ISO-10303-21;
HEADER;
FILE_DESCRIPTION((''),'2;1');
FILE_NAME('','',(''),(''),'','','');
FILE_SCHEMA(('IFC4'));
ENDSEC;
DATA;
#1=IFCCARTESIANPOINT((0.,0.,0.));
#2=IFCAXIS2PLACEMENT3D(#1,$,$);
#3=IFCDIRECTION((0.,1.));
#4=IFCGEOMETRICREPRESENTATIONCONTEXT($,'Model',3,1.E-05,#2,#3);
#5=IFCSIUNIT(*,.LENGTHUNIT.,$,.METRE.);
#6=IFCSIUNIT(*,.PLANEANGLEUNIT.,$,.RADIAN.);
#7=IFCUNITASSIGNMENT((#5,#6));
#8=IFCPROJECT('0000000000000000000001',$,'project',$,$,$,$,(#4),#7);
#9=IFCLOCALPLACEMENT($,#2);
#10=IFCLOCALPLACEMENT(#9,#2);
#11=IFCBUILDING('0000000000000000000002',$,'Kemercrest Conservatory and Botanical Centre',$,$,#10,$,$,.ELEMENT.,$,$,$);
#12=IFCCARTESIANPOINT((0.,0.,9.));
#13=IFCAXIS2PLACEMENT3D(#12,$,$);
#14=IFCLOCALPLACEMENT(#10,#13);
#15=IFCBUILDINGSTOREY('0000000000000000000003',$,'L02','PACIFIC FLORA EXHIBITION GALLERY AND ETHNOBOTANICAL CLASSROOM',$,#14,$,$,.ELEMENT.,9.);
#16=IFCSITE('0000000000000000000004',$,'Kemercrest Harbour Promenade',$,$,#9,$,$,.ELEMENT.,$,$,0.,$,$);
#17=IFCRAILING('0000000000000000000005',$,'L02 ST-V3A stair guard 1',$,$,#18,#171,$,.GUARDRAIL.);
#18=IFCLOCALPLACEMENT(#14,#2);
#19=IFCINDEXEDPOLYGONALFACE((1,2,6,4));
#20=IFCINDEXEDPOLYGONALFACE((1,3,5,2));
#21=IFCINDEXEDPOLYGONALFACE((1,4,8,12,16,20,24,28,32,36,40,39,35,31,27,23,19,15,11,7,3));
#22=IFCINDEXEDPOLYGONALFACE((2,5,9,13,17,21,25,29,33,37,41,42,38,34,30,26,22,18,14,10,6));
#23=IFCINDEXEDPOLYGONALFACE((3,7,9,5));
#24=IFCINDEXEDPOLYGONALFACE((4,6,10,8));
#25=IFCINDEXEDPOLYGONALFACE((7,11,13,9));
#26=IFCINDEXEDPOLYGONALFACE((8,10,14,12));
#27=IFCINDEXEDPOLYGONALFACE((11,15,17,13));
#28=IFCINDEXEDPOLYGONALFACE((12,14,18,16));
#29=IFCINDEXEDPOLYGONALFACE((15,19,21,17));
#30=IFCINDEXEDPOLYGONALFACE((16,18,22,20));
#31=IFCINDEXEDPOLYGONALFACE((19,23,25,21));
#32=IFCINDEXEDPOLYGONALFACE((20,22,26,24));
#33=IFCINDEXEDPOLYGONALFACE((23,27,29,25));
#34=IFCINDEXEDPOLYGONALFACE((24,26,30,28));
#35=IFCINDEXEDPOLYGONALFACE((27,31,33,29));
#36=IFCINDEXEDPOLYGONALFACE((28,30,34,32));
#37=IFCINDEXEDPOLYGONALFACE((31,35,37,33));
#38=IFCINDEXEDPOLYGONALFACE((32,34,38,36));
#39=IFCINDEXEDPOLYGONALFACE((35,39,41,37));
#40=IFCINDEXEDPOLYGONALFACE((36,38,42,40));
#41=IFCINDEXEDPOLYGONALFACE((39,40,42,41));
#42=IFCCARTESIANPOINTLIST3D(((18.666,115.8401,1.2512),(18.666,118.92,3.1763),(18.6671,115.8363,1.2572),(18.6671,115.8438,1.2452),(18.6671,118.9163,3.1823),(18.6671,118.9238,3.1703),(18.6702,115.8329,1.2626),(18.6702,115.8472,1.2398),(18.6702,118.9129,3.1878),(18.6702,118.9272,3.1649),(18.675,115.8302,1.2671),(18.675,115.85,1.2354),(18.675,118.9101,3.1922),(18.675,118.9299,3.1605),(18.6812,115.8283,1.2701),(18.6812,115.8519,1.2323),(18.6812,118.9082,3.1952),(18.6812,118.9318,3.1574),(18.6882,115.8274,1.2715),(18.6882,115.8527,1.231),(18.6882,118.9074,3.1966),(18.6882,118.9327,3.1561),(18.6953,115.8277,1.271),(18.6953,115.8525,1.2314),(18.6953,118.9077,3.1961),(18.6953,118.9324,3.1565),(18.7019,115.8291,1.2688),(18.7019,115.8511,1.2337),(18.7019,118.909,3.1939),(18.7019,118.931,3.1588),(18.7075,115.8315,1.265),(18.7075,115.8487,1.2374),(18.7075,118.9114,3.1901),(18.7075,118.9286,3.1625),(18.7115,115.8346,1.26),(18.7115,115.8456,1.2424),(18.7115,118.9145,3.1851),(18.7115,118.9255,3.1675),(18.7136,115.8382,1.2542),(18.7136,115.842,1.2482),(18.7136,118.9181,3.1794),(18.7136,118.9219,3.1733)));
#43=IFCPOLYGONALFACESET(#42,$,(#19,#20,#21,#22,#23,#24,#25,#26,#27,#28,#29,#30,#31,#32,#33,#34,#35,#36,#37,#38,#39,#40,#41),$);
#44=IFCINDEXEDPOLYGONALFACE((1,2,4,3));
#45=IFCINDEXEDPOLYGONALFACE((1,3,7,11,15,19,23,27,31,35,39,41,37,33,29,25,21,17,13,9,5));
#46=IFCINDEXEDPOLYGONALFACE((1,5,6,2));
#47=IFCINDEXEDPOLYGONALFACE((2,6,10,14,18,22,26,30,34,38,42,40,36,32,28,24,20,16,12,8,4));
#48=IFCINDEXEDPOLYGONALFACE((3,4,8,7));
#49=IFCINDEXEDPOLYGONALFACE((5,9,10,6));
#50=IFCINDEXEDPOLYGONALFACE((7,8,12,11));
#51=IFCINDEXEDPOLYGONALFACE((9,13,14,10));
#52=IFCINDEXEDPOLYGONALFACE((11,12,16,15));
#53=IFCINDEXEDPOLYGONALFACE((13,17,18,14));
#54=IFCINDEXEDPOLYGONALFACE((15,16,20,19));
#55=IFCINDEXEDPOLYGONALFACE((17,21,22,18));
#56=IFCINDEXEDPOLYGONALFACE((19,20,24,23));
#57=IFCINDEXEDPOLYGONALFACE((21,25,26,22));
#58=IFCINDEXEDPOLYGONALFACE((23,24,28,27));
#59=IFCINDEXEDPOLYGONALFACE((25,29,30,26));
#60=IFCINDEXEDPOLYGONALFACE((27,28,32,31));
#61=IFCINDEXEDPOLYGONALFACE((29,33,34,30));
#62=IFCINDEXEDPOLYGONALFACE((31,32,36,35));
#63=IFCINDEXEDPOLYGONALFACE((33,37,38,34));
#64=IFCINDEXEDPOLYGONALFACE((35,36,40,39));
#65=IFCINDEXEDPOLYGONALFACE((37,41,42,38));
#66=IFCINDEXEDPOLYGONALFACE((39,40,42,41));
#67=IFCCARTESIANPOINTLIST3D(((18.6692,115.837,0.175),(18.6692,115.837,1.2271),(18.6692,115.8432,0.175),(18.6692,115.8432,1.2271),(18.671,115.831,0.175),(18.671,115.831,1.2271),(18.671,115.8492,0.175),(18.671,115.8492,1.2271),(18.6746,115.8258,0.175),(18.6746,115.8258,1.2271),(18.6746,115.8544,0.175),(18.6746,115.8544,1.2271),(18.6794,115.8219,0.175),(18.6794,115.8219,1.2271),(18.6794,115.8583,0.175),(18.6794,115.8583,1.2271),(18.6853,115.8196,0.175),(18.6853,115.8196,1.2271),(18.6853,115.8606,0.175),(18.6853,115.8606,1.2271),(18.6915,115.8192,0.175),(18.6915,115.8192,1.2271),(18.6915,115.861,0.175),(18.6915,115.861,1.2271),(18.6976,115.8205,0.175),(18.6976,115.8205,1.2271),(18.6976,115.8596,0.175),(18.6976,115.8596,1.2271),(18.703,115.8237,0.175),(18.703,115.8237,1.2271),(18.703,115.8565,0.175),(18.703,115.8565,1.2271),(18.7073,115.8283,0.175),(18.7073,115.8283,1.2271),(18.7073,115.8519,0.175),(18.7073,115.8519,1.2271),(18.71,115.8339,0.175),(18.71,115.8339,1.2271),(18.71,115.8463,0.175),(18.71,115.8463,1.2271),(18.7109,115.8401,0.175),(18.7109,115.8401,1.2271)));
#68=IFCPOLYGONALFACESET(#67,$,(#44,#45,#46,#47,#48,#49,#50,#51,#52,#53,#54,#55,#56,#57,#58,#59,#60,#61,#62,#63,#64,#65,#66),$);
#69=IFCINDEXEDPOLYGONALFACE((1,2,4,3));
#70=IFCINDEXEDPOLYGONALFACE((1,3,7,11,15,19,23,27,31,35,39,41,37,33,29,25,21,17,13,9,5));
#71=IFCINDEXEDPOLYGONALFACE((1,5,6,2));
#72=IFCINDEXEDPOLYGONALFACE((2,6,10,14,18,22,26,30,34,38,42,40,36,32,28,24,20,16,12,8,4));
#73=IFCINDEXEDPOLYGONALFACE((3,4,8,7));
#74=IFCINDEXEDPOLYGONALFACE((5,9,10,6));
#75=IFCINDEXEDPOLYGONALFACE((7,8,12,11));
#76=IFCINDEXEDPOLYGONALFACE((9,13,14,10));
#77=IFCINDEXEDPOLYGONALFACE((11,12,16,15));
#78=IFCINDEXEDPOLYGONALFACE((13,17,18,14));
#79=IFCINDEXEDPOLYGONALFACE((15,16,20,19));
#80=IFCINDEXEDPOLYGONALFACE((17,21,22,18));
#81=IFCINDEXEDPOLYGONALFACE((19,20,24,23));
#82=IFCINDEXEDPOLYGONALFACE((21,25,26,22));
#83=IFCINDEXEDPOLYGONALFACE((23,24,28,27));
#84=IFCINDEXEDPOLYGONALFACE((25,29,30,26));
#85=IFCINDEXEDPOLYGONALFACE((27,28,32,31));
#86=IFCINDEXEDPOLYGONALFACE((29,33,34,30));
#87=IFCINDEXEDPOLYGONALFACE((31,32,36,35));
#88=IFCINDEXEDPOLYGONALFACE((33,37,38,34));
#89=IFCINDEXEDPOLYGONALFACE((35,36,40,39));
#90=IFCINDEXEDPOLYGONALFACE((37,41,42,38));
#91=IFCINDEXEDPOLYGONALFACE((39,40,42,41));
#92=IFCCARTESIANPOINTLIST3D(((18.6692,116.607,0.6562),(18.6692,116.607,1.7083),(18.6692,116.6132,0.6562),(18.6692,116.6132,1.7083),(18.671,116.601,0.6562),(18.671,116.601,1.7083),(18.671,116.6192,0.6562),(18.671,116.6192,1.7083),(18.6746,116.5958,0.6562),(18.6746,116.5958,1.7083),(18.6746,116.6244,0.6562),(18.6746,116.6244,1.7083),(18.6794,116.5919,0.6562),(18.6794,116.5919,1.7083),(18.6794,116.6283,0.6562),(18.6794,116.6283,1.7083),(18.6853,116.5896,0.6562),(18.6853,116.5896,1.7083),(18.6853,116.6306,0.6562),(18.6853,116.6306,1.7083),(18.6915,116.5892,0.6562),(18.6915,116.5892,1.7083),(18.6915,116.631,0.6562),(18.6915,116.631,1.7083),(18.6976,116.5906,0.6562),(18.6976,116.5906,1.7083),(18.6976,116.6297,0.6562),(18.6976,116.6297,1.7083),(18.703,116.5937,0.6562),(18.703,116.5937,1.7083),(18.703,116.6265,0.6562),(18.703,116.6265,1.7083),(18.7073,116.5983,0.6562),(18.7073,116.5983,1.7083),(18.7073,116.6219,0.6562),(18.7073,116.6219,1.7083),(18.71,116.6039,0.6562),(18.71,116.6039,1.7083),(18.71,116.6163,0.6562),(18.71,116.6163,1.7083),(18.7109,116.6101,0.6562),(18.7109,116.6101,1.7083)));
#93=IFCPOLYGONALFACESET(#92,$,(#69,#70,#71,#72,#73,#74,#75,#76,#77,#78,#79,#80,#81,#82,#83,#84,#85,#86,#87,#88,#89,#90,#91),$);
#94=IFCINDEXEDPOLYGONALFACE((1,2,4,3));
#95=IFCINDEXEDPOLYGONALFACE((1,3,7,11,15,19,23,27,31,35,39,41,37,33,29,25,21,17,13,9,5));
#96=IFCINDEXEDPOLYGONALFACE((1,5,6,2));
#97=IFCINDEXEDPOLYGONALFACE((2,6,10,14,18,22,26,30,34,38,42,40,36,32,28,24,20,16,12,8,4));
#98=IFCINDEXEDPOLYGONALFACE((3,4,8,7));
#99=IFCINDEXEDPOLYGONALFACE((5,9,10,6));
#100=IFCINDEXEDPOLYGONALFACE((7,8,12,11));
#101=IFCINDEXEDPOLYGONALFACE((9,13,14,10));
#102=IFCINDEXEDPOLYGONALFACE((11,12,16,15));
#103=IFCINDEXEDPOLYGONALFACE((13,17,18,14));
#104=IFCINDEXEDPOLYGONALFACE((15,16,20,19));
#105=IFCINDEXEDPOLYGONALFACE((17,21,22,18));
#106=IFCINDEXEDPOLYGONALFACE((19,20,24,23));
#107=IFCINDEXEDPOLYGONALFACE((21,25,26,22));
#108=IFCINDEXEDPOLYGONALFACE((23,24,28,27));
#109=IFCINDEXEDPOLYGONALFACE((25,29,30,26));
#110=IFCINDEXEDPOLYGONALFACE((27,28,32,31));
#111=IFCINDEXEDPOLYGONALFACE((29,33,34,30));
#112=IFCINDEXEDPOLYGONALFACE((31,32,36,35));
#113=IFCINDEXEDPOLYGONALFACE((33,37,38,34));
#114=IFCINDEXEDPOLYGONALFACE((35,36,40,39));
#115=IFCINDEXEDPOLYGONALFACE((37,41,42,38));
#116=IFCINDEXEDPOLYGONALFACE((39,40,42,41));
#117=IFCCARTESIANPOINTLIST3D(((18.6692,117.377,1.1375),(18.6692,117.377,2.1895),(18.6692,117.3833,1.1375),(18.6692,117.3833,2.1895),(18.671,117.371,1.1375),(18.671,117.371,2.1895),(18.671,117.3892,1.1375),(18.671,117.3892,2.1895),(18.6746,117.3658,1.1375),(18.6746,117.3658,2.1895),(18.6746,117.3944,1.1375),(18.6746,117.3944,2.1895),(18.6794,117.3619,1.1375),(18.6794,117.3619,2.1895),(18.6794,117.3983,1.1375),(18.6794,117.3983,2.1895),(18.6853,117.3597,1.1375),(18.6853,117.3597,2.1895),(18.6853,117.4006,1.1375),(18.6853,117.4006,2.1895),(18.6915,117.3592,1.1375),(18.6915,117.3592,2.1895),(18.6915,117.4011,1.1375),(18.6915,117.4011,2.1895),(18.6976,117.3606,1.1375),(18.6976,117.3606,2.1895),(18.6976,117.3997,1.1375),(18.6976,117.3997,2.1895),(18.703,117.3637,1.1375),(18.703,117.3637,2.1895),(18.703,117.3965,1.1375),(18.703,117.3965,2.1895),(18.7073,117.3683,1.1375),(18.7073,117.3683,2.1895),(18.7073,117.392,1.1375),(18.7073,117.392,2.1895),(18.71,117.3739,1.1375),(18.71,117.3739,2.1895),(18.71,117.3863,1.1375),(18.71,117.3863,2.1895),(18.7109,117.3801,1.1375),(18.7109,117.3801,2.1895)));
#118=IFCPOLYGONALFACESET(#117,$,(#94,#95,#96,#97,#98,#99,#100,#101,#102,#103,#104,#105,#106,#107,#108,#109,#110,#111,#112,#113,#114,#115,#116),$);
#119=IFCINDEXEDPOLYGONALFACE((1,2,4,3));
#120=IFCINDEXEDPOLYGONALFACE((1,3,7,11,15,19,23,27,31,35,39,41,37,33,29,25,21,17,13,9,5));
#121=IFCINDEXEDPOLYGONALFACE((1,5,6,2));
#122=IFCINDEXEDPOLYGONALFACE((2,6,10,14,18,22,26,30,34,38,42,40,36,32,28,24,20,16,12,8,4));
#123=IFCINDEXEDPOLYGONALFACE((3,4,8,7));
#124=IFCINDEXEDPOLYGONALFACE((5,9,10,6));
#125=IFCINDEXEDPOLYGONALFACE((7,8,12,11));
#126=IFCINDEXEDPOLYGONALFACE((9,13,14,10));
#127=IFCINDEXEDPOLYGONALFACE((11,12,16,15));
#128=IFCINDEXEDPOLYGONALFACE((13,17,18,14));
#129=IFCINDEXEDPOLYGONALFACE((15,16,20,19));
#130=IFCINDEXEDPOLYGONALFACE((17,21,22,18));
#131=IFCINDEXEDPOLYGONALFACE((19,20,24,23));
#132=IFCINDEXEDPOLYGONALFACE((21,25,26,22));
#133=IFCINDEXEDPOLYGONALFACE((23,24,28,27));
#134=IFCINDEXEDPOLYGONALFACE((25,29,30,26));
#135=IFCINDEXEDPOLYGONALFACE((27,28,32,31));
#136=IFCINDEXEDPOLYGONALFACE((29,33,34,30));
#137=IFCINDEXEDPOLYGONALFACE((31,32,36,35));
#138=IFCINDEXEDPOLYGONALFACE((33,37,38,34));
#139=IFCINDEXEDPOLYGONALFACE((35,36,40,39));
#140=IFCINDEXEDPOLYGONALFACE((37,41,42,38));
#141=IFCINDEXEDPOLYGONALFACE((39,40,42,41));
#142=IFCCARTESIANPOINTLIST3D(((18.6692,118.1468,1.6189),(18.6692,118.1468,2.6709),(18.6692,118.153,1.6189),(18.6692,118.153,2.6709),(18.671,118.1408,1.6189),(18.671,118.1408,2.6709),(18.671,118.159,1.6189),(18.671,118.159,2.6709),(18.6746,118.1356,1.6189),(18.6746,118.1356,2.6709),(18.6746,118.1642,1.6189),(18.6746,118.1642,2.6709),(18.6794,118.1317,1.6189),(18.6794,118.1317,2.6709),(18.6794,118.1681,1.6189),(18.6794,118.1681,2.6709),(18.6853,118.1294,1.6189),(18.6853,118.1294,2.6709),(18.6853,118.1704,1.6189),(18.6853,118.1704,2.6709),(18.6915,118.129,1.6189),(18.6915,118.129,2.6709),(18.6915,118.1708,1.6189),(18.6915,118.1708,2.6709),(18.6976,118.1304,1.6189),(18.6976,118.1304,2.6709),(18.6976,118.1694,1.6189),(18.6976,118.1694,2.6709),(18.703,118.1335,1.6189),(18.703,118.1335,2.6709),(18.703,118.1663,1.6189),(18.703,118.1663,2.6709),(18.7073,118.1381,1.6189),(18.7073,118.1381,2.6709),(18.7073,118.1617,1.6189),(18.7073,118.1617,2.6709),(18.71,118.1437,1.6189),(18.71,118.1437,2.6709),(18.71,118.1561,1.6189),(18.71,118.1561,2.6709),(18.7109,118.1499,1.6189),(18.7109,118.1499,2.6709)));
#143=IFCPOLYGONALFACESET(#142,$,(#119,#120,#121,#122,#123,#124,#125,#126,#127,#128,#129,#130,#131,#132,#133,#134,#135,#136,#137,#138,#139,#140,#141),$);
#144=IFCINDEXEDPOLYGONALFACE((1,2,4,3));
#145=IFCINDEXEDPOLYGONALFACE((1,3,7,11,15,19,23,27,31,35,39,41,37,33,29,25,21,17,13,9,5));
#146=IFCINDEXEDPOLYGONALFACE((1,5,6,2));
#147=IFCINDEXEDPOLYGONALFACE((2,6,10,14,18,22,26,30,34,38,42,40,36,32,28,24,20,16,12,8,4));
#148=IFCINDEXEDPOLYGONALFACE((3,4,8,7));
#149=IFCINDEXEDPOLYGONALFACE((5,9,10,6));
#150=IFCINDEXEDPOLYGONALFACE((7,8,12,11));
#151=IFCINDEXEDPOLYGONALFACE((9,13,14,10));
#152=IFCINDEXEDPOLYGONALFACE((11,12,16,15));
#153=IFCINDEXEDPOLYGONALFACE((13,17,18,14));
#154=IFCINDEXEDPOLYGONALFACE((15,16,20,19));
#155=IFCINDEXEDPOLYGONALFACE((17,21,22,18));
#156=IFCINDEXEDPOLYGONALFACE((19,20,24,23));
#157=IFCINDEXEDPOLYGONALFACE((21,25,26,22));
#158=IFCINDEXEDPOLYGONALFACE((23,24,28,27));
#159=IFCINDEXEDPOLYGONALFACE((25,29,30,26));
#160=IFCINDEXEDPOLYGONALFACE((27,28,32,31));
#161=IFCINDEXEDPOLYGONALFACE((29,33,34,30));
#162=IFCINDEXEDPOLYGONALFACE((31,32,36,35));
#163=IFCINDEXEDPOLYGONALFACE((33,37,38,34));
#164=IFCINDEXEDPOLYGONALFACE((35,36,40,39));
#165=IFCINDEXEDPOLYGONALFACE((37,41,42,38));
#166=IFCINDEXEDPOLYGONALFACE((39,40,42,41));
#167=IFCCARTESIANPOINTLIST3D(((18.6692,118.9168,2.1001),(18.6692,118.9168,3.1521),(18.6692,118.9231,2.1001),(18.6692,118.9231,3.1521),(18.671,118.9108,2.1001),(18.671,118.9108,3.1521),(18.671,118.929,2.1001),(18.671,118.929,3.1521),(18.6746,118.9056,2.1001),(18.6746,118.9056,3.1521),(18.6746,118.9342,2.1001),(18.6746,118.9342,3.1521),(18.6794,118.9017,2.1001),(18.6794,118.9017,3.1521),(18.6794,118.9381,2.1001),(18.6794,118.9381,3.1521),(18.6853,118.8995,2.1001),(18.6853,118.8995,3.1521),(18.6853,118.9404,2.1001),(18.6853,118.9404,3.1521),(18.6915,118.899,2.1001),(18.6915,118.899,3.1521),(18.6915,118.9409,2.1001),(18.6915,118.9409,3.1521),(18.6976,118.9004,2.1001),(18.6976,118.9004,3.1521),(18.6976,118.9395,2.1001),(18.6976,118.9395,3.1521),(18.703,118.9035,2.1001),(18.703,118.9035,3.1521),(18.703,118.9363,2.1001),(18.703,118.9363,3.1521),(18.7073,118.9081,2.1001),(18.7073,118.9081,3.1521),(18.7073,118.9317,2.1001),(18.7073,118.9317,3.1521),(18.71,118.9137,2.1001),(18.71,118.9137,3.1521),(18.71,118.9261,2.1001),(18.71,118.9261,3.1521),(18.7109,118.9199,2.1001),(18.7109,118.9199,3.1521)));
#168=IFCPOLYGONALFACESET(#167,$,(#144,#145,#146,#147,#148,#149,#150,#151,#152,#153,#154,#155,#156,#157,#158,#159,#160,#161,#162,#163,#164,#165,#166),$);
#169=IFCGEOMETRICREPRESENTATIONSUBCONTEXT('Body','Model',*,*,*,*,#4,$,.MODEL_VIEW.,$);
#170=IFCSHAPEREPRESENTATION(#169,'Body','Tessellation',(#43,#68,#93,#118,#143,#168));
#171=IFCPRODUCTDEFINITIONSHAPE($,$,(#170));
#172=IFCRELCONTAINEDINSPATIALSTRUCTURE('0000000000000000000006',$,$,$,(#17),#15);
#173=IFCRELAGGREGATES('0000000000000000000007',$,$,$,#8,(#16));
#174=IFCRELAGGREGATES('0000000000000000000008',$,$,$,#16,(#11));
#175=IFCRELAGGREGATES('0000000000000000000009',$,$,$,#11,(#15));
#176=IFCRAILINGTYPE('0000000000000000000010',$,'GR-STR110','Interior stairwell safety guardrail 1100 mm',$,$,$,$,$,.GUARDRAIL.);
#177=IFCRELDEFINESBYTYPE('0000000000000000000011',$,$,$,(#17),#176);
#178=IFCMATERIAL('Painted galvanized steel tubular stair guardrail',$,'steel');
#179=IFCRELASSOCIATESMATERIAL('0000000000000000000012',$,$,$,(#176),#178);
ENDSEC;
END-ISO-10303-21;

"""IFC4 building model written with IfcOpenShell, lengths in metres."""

from ifc_helpers import new_model, si_unit, direction, frame, origin, origin_2d, place, context, subcontext, project, spatial, circle, extrude, material, type_object, element, save


model = new_model("IFC4")

# Units and contexts
model_context = context("Model", 3, precision=1e-05, world=origin(), true_north=direction((0.0, 1.0)))
body_context = subcontext(model_context, "Body", "Model", "MODEL_VIEW")
ifc_project = project(units=[si_unit("LENGTHUNIT", "METRE"), si_unit("PLANEANGLEUNIT", "RADIAN")], contexts=[model_context])

# Site, building, storey
site_placement = place(None, origin())
site = spatial("IfcSite", under=ifc_project, at=site_placement, Name="Kemercrest Harbour Promenade", CompositionType="ELEMENT", RefElevation=0.0)
building_placement = place(site_placement, origin())
building = spatial("IfcBuilding", under=site, at=building_placement, Name="Kemercrest Conservatory and Botanical Centre", CompositionType="ELEMENT")
storey_placement = place(building_placement, frame((0.0, 0.0, 9.0)))
storey = spatial("IfcBuildingStorey", under=building, at=storey_placement, Name="L02", Description="PACIFIC FLORA EXHIBITION GALLERY AND ETHNOBOTANICAL CLASSROOM", CompositionType="ELEMENT", Elevation=9.0)

# Railing
ifc_material_1 = material(Name="Painted galvanized steel tubular stair guardrail", Category="steel")
railing_type_1 = type_object("IfcRailingType", Name="GR-STR110", Description="Interior stairwell safety guardrail 1100 mm", PredefinedType="GUARDRAIL", material=ifc_material_1)
railing_1_placement = place(storey_placement, frame((18.6899, 115.8401, 0.175)))
element("IfcRailing", 1, at=railing_1_placement, inside=storey, type_object=railing_type_1, Name="L02 ST-V3A stair guard 1", PredefinedType="GUARDRAIL", context=body_context, shape_type="SweptSolid", body=[
    extrude(circle(Radius=0.0239, at=origin_2d()), frame((0.0, 0.0, 1.0762), z_axis=(0.0, 0.847979, 0.530029), x_axis=(-1.0, 0.0, 0.0)), (0.0, 0.0, 1.0), 3.6321),
    extrude(circle(Radius=0.021, at=origin_2d()), origin(), (0.0, 0.0, 1.0), 1.052),
    extrude(circle(Radius=0.021, at=origin_2d()), frame((0.0, 0.77, 0.4812)), (0.0, 0.0, 1.0), 1.052),
    extrude(circle(Radius=0.021, at=origin_2d()), frame((0.0, 1.54, 0.9624)), (0.0, 0.0, 1.0), 1.052),
    extrude(circle(Radius=0.021, at=origin_2d()), frame((0.0, 2.3098, 1.4438)), (0.0, 0.0, 1.0), 1.052),
    extrude(circle(Radius=0.021, at=origin_2d()), frame((0.0, 3.0798, 1.925)), (0.0, 0.0, 1.0), 1.052),
])

save(model, "model.ifc")
